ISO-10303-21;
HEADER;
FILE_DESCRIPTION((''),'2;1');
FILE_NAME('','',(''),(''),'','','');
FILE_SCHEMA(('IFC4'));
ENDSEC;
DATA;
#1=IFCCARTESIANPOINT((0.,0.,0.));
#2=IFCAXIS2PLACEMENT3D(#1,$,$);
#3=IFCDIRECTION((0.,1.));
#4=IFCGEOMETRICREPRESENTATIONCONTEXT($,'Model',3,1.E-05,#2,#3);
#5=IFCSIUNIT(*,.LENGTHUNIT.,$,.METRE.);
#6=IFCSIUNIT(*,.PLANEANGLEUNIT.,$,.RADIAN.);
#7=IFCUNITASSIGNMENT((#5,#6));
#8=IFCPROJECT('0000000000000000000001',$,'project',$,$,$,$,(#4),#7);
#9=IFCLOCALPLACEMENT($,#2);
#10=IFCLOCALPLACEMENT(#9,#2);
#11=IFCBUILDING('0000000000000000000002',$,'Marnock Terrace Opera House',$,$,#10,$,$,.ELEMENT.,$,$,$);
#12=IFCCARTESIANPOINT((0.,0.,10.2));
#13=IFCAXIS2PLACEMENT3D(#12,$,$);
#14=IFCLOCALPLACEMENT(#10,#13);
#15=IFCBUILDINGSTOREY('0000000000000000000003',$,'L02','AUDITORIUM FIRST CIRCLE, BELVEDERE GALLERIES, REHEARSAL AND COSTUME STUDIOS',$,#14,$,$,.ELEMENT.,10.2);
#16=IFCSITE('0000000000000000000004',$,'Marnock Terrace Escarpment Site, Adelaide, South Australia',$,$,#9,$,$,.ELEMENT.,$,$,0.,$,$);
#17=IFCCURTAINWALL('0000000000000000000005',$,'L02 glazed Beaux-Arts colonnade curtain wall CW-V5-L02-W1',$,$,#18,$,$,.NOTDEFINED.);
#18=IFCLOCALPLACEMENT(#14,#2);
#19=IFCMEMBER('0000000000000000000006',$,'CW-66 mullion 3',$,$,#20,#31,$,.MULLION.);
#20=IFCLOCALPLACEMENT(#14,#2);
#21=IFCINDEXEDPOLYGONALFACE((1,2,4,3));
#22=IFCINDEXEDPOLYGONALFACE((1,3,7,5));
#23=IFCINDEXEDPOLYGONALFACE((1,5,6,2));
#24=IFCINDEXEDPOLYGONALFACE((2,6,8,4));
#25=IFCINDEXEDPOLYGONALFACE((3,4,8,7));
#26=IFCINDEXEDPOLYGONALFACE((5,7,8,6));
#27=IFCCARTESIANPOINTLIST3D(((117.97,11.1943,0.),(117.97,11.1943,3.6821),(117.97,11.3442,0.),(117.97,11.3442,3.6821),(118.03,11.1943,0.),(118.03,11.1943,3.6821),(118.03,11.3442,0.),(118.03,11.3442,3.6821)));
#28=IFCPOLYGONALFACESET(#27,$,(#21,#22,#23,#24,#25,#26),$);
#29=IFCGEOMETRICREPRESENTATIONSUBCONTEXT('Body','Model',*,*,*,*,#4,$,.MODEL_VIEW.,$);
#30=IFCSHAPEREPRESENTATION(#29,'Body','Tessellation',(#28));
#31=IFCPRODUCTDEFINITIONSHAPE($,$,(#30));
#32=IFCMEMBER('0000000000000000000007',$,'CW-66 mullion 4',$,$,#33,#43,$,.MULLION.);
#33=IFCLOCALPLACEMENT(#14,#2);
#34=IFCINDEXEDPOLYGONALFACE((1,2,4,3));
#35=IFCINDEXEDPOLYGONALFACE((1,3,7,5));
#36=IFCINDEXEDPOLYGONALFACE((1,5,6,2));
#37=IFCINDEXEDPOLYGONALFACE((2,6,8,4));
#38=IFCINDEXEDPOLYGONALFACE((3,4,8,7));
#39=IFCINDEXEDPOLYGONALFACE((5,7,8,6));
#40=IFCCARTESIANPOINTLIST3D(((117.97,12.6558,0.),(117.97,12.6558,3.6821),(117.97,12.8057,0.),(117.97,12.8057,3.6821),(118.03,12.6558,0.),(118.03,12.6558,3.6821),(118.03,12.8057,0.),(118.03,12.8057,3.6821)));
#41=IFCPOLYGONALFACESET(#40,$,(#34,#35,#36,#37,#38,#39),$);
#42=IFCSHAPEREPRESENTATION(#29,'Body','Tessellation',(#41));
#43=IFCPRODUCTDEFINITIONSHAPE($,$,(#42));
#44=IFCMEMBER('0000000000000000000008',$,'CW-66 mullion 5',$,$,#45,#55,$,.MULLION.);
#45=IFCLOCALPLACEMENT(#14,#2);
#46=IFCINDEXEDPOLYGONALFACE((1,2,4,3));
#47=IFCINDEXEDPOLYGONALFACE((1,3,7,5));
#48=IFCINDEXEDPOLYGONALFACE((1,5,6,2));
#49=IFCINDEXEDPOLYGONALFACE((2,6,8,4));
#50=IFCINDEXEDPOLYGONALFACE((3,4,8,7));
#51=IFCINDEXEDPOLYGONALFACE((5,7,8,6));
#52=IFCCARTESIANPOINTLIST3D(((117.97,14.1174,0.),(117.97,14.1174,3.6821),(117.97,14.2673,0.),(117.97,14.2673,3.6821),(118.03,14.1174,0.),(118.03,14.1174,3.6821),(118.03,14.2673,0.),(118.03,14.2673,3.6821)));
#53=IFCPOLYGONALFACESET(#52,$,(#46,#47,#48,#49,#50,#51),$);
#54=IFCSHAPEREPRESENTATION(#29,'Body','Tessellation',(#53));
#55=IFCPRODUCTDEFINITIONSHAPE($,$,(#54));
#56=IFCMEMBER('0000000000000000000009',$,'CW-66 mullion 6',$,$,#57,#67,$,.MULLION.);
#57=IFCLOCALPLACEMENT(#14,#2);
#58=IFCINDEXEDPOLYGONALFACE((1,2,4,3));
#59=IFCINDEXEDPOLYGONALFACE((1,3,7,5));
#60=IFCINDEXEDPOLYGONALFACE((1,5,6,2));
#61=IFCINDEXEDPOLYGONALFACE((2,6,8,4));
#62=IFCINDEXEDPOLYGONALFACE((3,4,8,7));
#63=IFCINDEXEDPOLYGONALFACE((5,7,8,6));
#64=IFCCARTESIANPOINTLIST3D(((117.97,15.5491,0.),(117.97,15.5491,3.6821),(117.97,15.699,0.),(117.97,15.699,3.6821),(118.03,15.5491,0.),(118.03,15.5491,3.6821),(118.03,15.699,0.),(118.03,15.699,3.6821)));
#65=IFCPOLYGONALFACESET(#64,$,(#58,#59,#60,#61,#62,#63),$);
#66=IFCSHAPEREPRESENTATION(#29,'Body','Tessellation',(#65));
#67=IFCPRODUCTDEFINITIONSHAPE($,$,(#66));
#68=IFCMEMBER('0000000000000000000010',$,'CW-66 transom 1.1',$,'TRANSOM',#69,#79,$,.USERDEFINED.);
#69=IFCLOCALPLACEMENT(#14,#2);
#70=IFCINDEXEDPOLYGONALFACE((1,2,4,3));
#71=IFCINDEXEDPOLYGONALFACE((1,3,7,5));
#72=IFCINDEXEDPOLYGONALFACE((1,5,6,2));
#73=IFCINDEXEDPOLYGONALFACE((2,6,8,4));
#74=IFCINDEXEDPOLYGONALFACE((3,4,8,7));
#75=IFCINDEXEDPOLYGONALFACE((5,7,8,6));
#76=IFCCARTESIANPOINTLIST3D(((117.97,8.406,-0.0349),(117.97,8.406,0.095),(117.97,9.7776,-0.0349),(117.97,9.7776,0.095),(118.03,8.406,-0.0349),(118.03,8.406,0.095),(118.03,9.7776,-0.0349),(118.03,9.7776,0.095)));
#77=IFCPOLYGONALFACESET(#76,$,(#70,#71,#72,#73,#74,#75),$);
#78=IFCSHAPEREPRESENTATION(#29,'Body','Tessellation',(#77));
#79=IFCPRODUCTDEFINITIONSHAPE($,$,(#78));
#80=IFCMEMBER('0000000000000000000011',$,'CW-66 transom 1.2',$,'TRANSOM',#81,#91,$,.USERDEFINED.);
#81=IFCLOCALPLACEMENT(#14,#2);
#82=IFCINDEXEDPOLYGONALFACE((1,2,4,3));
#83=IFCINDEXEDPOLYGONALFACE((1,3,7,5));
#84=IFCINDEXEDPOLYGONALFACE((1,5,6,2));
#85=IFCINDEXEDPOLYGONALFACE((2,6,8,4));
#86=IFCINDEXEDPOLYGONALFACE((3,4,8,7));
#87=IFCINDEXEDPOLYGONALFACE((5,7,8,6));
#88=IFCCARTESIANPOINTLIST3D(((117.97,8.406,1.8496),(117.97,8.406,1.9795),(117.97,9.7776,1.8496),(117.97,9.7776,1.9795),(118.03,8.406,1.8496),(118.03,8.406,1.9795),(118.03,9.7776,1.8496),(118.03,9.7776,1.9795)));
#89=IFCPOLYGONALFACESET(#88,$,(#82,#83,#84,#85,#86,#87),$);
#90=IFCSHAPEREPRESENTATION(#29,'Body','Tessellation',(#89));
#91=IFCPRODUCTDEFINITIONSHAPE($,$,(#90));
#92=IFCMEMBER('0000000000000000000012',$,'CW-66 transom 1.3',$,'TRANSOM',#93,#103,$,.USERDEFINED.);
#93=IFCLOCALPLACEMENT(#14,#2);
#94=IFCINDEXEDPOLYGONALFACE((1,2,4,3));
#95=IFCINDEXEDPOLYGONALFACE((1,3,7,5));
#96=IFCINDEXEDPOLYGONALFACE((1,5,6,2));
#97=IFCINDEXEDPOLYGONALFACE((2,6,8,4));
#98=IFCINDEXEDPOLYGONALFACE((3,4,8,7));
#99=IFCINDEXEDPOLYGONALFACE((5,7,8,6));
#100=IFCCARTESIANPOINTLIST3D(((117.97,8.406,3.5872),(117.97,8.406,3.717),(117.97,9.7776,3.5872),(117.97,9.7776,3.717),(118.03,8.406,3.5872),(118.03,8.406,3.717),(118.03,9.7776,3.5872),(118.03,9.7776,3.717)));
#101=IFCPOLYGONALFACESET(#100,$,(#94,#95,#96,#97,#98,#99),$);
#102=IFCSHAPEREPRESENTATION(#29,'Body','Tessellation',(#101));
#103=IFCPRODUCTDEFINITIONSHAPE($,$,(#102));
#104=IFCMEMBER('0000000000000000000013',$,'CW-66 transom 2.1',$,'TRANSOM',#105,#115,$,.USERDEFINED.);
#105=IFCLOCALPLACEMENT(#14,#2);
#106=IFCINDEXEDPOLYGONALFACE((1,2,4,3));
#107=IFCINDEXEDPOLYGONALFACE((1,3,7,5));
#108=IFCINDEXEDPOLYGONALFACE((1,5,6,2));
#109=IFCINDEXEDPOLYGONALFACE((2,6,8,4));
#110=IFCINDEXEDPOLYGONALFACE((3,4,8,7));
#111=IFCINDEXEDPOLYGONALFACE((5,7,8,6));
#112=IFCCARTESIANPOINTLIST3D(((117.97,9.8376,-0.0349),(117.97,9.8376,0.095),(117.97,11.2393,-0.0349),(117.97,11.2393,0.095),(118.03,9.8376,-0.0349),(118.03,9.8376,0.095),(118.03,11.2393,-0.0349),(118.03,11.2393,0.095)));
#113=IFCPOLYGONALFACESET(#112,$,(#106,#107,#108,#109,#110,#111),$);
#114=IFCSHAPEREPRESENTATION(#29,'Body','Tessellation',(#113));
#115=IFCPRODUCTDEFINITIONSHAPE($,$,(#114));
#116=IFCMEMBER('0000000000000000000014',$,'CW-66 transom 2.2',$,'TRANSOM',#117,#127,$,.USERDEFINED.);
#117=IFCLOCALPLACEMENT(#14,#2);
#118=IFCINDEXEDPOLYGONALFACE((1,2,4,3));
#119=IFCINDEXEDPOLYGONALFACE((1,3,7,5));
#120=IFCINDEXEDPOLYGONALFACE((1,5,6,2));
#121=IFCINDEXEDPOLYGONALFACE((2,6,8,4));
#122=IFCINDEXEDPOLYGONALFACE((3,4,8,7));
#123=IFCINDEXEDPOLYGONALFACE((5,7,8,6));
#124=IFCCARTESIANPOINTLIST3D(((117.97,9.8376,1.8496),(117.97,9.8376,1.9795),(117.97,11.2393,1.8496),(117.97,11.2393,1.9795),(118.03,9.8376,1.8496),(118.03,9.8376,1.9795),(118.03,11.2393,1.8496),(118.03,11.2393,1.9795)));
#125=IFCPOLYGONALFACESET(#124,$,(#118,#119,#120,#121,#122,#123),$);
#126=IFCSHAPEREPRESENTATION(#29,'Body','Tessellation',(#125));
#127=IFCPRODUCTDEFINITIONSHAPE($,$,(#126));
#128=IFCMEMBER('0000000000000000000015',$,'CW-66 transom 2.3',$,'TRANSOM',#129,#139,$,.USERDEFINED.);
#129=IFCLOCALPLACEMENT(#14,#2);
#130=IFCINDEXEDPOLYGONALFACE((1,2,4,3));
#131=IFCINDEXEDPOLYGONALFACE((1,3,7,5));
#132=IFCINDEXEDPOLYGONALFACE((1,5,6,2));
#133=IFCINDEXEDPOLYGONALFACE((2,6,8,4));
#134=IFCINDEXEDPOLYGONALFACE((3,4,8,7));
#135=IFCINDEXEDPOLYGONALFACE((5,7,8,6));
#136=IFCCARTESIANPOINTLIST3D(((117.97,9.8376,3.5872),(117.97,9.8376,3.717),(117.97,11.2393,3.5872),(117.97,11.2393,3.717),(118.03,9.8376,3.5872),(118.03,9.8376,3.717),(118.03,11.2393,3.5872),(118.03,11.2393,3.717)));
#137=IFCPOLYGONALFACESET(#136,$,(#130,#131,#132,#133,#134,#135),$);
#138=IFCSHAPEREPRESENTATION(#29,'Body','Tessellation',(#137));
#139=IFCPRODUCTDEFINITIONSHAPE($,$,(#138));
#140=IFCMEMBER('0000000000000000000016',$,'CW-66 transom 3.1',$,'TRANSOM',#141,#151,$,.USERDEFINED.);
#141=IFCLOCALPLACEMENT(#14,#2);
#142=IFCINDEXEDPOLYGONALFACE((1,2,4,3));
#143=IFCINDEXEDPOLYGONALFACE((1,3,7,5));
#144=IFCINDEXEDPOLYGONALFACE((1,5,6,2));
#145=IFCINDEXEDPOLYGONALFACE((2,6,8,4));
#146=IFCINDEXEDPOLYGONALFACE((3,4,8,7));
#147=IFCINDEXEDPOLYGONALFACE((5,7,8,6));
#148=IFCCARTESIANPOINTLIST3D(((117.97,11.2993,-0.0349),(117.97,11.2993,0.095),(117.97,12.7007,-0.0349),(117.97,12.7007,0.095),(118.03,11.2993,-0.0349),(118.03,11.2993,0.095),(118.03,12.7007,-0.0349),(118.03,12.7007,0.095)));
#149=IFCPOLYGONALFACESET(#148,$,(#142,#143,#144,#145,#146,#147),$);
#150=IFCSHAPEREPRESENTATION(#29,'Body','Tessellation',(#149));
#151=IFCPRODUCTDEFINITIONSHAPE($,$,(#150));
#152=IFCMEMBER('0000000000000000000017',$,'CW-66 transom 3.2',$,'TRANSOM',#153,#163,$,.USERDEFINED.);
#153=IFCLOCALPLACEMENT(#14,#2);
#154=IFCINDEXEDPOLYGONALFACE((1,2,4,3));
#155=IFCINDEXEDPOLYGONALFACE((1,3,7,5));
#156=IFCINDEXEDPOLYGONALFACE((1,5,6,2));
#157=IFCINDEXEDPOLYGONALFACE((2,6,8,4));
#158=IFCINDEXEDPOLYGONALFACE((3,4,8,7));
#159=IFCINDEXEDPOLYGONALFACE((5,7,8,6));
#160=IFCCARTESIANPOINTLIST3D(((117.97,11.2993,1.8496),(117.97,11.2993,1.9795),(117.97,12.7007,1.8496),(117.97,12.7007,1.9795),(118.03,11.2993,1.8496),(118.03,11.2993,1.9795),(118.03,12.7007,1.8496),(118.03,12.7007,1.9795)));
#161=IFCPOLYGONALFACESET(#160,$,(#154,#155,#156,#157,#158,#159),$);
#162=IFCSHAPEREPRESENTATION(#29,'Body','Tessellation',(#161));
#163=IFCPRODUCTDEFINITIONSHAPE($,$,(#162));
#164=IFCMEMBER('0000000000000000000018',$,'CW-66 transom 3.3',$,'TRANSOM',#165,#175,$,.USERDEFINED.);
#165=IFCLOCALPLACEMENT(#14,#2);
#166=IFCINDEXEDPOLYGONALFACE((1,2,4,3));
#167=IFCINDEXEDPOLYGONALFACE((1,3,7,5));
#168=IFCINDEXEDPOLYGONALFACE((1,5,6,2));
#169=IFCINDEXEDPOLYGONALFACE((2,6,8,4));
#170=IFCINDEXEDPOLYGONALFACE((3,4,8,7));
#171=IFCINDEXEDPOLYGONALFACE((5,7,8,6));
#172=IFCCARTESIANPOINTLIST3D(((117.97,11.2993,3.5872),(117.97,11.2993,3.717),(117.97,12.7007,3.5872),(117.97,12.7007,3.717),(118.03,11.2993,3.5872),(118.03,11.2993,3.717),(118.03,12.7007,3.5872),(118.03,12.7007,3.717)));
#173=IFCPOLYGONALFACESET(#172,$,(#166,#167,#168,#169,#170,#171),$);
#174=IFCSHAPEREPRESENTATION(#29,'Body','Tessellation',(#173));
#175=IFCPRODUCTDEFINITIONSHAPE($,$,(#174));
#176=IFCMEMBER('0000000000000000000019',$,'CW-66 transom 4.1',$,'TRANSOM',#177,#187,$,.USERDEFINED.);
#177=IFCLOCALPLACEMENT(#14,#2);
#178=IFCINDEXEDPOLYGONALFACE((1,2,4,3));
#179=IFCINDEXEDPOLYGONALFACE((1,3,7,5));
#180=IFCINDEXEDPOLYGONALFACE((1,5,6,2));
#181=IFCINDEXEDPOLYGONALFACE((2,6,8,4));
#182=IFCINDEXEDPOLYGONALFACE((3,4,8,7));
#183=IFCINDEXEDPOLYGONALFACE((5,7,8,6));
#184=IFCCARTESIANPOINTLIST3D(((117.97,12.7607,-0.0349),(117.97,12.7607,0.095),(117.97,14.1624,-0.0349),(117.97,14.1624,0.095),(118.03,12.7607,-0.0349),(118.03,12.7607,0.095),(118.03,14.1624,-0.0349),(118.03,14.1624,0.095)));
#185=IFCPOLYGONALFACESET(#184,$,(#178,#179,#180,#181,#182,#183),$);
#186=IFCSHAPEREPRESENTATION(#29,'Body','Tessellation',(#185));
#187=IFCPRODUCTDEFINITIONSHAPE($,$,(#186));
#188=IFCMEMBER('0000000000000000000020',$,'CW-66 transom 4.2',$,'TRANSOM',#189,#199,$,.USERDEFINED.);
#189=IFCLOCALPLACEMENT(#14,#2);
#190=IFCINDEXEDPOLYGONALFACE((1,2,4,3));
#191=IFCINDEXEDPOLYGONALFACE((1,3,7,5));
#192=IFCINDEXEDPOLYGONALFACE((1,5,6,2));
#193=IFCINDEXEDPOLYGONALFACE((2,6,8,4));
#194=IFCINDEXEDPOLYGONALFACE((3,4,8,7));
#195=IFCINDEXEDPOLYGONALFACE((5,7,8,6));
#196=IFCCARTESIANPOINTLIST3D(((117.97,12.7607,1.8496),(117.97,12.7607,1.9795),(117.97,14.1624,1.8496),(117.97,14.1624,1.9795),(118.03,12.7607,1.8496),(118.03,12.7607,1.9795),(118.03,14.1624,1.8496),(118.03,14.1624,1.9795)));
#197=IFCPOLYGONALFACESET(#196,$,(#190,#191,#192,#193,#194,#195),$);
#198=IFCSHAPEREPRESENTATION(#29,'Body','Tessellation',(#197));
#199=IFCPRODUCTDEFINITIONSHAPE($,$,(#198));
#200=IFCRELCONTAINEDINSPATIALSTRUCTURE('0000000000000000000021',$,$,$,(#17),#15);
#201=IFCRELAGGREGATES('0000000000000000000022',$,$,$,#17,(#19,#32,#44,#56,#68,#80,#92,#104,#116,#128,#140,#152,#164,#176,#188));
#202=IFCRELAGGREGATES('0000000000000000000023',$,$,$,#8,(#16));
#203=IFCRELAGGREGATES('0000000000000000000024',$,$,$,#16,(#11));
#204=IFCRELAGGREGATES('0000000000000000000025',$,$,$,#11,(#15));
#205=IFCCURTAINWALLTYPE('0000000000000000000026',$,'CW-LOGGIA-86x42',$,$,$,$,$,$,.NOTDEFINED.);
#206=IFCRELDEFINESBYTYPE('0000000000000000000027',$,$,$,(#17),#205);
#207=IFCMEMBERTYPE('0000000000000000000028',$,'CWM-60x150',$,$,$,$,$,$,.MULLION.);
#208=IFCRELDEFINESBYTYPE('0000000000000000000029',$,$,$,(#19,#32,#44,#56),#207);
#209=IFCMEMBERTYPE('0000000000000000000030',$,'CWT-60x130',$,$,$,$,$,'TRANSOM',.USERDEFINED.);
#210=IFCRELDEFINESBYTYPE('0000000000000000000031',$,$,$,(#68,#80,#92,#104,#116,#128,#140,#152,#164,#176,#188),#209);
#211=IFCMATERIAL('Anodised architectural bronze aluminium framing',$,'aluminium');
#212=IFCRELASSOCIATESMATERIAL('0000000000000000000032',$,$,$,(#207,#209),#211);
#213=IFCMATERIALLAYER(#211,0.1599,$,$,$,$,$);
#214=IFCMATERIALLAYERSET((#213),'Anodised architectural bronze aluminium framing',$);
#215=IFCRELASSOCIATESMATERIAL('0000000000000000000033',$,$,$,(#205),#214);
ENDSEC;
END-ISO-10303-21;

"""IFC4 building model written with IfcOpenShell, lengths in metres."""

from ifc_helpers import new_model, si_unit, direction, frame, origin, origin_2d, place, context, subcontext, project, spatial, rectangle, extrude, material, layer, layer_set, material_profile, profile_set, type_object, element, aggregate, save


model = new_model("IFC4")

# Units and contexts
model_context = context("Model", 3, precision=1e-05, world=origin(), true_north=direction((0.0, 1.0)))
body_context = subcontext(model_context, "Body", "Model", "MODEL_VIEW")
ifc_project = project(units=[si_unit("LENGTHUNIT", "METRE"), si_unit("PLANEANGLEUNIT", "RADIAN")], contexts=[model_context])

# Site, building, storey
site_placement = place(None, origin())
site = spatial("IfcSite", under=ifc_project, at=site_placement, Name="Marnock Terrace Escarpment Site, Adelaide, South Australia", CompositionType="ELEMENT", RefElevation=0.0)
building_placement = place(site_placement, origin())
building = spatial("IfcBuilding", under=site, at=building_placement, Name="Marnock Terrace Opera House", CompositionType="ELEMENT")
storey_placement = place(building_placement, frame((0.0, 0.0, 10.2)))
storey = spatial("IfcBuildingStorey", under=building, at=storey_placement, Name="L02", Description="AUDITORIUM FIRST CIRCLE, BELVEDERE GALLERIES, REHEARSAL AND COSTUME STUDIOS", CompositionType="ELEMENT", Elevation=10.2)

# Shared definitions
ifc_material_1 = material(Name="Anodised architectural bronze aluminium framing", Category="aluminium")
ifc_material_profile_1 = material_profile(ifc_material_1, rectangle(XDim=0.0601, YDim=0.1499, at=origin_2d()))
ifc_profile_set_1 = profile_set([ifc_material_profile_1], Name="Anodised architectural bronze aluminium framing")
member_type_1 = type_object("IfcMemberType", Name="CWM-60x150", PredefinedType="MULLION", material=ifc_profile_set_1)

# Curtain wall, members
ifc_layer_1 = layer(ifc_material_1, 0.1599)
ifc_layer_set_1 = layer_set([ifc_layer_1], Name="Anodised architectural bronze aluminium framing")
curtain_wall_type_1 = type_object("IfcCurtainWallType", Name="CW-LOGGIA-86x42", PredefinedType="NOTDEFINED", material=ifc_layer_set_1)
curtain_wall_1_placement = place(storey_placement, origin())
curtain_wall_1 = element("IfcCurtainWall", 1, at=curtain_wall_1_placement, inside=storey, type_object=curtain_wall_type_1, Name="L02 glazed Beaux-Arts colonnade curtain wall CW-V5-L02-W1", PredefinedType="NOTDEFINED")
member_1_placement = place(storey_placement, frame((118.0, 11.2693, 0.0), z_axis=(0.0, 0.0, 1.0), x_axis=(-1.0, 0.0, 0.0)))
member_1 = element("IfcMember", 2, at=member_1_placement, type_object=member_type_1, Name="CW-66 mullion 3", PredefinedType="MULLION", context=body_context, shape_type="SweptSolid", body=[
    extrude(rectangle(XDim=0.0601, YDim=0.1499, at=origin_2d()), origin(), (0.0, 0.0, 1.0), 3.6821),
])
member_2_placement = place(storey_placement, frame((118.0, 12.7307, 0.0), z_axis=(0.0, 0.0, 1.0), x_axis=(-1.0, 0.0, 0.0)))
member_2 = element("IfcMember", 3, at=member_2_placement, type_object=member_type_1, Name="CW-66 mullion 4", PredefinedType="MULLION", context=body_context, shape_type="SweptSolid", body=[
    extrude(rectangle(XDim=0.0601, YDim=0.1499, at=origin_2d()), origin(), (0.0, 0.0, 1.0), 3.6821),
])
member_3_placement = place(storey_placement, frame((118.0, 14.1924, 0.0), z_axis=(0.0, 0.0, 1.0), x_axis=(-1.0, 0.0, 0.0)))
member_3 = element("IfcMember", 4, at=member_3_placement, type_object=member_type_1, Name="CW-66 mullion 5", PredefinedType="MULLION", context=body_context, shape_type="SweptSolid", body=[
    extrude(rectangle(XDim=0.0601, YDim=0.1499, at=origin_2d()), origin(), (0.0, 0.0, 1.0), 3.6821),
])
member_4_placement = place(storey_placement, frame((118.0, 15.624, 0.0), z_axis=(0.0, 0.0, 1.0), x_axis=(-1.0, 0.0, 0.0)))
member_4 = element("IfcMember", 5, at=member_4_placement, type_object=member_type_1, Name="CW-66 mullion 6", PredefinedType="MULLION", context=body_context, shape_type="SweptSolid", body=[
    extrude(rectangle(XDim=0.0601, YDim=0.1499, at=origin_2d()), origin(), (0.0, 0.0, 1.0), 3.6821),
])
ifc_material_profile_2 = material_profile(ifc_material_1, rectangle(XDim=0.0601, YDim=0.1299, at=origin_2d()))
ifc_profile_set_2 = profile_set([ifc_material_profile_2], Name="Anodised architectural bronze aluminium framing")
member_type_2 = type_object("IfcMemberType", Name="CWT-60x130", ElementType="TRANSOM", PredefinedType="USERDEFINED", material=ifc_profile_set_2)
member_5_placement = place(storey_placement, frame((118.0, 8.406, 0.03), z_axis=(0.0, 1.0, 0.0), x_axis=(-1.0, 0.0, 0.0)))
member_5 = element("IfcMember", 6, at=member_5_placement, type_object=member_type_2, Name="CW-66 transom 1.1", ObjectType="TRANSOM", PredefinedType="USERDEFINED", context=body_context, shape_type="SweptSolid", body=[
    extrude(rectangle(XDim=0.0601, YDim=0.1299, at=origin_2d()), origin(), (0.0, 0.0, 1.0), 1.3716),
])
member_6_placement = place(storey_placement, frame((118.0, 8.406, 1.9146), z_axis=(0.0, 1.0, 0.0), x_axis=(-1.0, 0.0, 0.0)))
member_6 = element("IfcMember", 7, at=member_6_placement, type_object=member_type_2, Name="CW-66 transom 1.2", ObjectType="TRANSOM", PredefinedType="USERDEFINED", context=body_context, shape_type="SweptSolid", body=[
    extrude(rectangle(XDim=0.0601, YDim=0.1299, at=origin_2d()), origin(), (0.0, 0.0, 1.0), 1.3716),
])
member_7_placement = place(storey_placement, frame((118.0, 8.406, 3.6521), z_axis=(0.0, 1.0, 0.0), x_axis=(-1.0, 0.0, 0.0)))
member_7 = element("IfcMember", 8, at=member_7_placement, type_object=member_type_2, Name="CW-66 transom 1.3", ObjectType="TRANSOM", PredefinedType="USERDEFINED", context=body_context, shape_type="SweptSolid", body=[
    extrude(rectangle(XDim=0.0601, YDim=0.1299, at=origin_2d()), origin(), (0.0, 0.0, 1.0), 1.3716),
])
member_8_placement = place(storey_placement, frame((118.0, 9.8376, 0.03), z_axis=(0.0, 1.0, 0.0), x_axis=(-1.0, 0.0, 0.0)))
member_8 = element("IfcMember", 9, at=member_8_placement, type_object=member_type_2, Name="CW-66 transom 2.1", ObjectType="TRANSOM", PredefinedType="USERDEFINED", context=body_context, shape_type="SweptSolid", body=[
    extrude(rectangle(XDim=0.0601, YDim=0.1299, at=origin_2d()), origin(), (0.0, 0.0, 1.0), 1.4016),
])
member_9_placement = place(storey_placement, frame((118.0, 9.8376, 1.9146), z_axis=(0.0, 1.0, 0.0), x_axis=(-1.0, 0.0, 0.0)))
member_9 = element("IfcMember", 10, at=member_9_placement, type_object=member_type_2, Name="CW-66 transom 2.2", ObjectType="TRANSOM", PredefinedType="USERDEFINED", context=body_context, shape_type="SweptSolid", body=[
    extrude(rectangle(XDim=0.0601, YDim=0.1299, at=origin_2d()), origin(), (0.0, 0.0, 1.0), 1.4016),
])
member_10_placement = place(storey_placement, frame((118.0, 9.8376, 3.6521), z_axis=(0.0, 1.0, 0.0), x_axis=(-1.0, 0.0, 0.0)))
member_10 = element("IfcMember", 11, at=member_10_placement, type_object=member_type_2, Name="CW-66 transom 2.3", ObjectType="TRANSOM", PredefinedType="USERDEFINED", context=body_context, shape_type="SweptSolid", body=[
    extrude(rectangle(XDim=0.0601, YDim=0.1299, at=origin_2d()), origin(), (0.0, 0.0, 1.0), 1.4016),
])
member_11_placement = place(storey_placement, frame((118.0, 11.2993, 0.03), z_axis=(0.0, 1.0, 0.0), x_axis=(-1.0, 0.0, 0.0)))
member_11 = element("IfcMember", 12, at=member_11_placement, type_object=member_type_2, Name="CW-66 transom 3.1", ObjectType="TRANSOM", PredefinedType="USERDEFINED", context=body_context, shape_type="SweptSolid", body=[
    extrude(rectangle(XDim=0.0601, YDim=0.1299, at=origin_2d()), origin(), (0.0, 0.0, 1.0), 1.4014),
])
member_12_placement = place(storey_placement, frame((118.0, 11.2993, 1.9146), z_axis=(0.0, 1.0, 0.0), x_axis=(-1.0, 0.0, 0.0)))
member_12 = element("IfcMember", 13, at=member_12_placement, type_object=member_type_2, Name="CW-66 transom 3.2", ObjectType="TRANSOM", PredefinedType="USERDEFINED", context=body_context, shape_type="SweptSolid", body=[
    extrude(rectangle(XDim=0.0601, YDim=0.1299, at=origin_2d()), origin(), (0.0, 0.0, 1.0), 1.4014),
])
member_13_placement = place(storey_placement, frame((118.0, 11.2993, 3.6521), z_axis=(0.0, 1.0, 0.0), x_axis=(-1.0, 0.0, 0.0)))
member_13 = element("IfcMember", 14, at=member_13_placement, type_object=member_type_2, Name="CW-66 transom 3.3", ObjectType="TRANSOM", PredefinedType="USERDEFINED", context=body_context, shape_type="SweptSolid", body=[
    extrude(rectangle(XDim=0.0601, YDim=0.1299, at=origin_2d()), origin(), (0.0, 0.0, 1.0), 1.4014),
])
member_14_placement = place(storey_placement, frame((118.0, 12.7607, 0.03), z_axis=(0.0, 1.0, 0.0), x_axis=(-1.0, 0.0, 0.0)))
member_14 = element("IfcMember", 15, at=member_14_placement, type_object=member_type_2, Name="CW-66 transom 4.1", ObjectType="TRANSOM", PredefinedType="USERDEFINED", context=body_context, shape_type="SweptSolid", body=[
    extrude(rectangle(XDim=0.0601, YDim=0.1299, at=origin_2d()), origin(), (0.0, 0.0, 1.0), 1.4016),
])
member_15_placement = place(storey_placement, frame((118.0, 12.7607, 1.9146), z_axis=(0.0, 1.0, 0.0), x_axis=(-1.0, 0.0, 0.0)))
member_15 = element("IfcMember", 16, at=member_15_placement, type_object=member_type_2, Name="CW-66 transom 4.2", ObjectType="TRANSOM", PredefinedType="USERDEFINED", context=body_context, shape_type="SweptSolid", body=[
    extrude(rectangle(XDim=0.0601, YDim=0.1299, at=origin_2d()), origin(), (0.0, 0.0, 1.0), 1.4016),
])
aggregate(curtain_wall_1, [member_1, member_2, member_3, member_4, member_5, member_6, member_7, member_8, member_9, member_10, member_11, member_12, member_13, member_14, member_15])

save(model, "model.ifc")
